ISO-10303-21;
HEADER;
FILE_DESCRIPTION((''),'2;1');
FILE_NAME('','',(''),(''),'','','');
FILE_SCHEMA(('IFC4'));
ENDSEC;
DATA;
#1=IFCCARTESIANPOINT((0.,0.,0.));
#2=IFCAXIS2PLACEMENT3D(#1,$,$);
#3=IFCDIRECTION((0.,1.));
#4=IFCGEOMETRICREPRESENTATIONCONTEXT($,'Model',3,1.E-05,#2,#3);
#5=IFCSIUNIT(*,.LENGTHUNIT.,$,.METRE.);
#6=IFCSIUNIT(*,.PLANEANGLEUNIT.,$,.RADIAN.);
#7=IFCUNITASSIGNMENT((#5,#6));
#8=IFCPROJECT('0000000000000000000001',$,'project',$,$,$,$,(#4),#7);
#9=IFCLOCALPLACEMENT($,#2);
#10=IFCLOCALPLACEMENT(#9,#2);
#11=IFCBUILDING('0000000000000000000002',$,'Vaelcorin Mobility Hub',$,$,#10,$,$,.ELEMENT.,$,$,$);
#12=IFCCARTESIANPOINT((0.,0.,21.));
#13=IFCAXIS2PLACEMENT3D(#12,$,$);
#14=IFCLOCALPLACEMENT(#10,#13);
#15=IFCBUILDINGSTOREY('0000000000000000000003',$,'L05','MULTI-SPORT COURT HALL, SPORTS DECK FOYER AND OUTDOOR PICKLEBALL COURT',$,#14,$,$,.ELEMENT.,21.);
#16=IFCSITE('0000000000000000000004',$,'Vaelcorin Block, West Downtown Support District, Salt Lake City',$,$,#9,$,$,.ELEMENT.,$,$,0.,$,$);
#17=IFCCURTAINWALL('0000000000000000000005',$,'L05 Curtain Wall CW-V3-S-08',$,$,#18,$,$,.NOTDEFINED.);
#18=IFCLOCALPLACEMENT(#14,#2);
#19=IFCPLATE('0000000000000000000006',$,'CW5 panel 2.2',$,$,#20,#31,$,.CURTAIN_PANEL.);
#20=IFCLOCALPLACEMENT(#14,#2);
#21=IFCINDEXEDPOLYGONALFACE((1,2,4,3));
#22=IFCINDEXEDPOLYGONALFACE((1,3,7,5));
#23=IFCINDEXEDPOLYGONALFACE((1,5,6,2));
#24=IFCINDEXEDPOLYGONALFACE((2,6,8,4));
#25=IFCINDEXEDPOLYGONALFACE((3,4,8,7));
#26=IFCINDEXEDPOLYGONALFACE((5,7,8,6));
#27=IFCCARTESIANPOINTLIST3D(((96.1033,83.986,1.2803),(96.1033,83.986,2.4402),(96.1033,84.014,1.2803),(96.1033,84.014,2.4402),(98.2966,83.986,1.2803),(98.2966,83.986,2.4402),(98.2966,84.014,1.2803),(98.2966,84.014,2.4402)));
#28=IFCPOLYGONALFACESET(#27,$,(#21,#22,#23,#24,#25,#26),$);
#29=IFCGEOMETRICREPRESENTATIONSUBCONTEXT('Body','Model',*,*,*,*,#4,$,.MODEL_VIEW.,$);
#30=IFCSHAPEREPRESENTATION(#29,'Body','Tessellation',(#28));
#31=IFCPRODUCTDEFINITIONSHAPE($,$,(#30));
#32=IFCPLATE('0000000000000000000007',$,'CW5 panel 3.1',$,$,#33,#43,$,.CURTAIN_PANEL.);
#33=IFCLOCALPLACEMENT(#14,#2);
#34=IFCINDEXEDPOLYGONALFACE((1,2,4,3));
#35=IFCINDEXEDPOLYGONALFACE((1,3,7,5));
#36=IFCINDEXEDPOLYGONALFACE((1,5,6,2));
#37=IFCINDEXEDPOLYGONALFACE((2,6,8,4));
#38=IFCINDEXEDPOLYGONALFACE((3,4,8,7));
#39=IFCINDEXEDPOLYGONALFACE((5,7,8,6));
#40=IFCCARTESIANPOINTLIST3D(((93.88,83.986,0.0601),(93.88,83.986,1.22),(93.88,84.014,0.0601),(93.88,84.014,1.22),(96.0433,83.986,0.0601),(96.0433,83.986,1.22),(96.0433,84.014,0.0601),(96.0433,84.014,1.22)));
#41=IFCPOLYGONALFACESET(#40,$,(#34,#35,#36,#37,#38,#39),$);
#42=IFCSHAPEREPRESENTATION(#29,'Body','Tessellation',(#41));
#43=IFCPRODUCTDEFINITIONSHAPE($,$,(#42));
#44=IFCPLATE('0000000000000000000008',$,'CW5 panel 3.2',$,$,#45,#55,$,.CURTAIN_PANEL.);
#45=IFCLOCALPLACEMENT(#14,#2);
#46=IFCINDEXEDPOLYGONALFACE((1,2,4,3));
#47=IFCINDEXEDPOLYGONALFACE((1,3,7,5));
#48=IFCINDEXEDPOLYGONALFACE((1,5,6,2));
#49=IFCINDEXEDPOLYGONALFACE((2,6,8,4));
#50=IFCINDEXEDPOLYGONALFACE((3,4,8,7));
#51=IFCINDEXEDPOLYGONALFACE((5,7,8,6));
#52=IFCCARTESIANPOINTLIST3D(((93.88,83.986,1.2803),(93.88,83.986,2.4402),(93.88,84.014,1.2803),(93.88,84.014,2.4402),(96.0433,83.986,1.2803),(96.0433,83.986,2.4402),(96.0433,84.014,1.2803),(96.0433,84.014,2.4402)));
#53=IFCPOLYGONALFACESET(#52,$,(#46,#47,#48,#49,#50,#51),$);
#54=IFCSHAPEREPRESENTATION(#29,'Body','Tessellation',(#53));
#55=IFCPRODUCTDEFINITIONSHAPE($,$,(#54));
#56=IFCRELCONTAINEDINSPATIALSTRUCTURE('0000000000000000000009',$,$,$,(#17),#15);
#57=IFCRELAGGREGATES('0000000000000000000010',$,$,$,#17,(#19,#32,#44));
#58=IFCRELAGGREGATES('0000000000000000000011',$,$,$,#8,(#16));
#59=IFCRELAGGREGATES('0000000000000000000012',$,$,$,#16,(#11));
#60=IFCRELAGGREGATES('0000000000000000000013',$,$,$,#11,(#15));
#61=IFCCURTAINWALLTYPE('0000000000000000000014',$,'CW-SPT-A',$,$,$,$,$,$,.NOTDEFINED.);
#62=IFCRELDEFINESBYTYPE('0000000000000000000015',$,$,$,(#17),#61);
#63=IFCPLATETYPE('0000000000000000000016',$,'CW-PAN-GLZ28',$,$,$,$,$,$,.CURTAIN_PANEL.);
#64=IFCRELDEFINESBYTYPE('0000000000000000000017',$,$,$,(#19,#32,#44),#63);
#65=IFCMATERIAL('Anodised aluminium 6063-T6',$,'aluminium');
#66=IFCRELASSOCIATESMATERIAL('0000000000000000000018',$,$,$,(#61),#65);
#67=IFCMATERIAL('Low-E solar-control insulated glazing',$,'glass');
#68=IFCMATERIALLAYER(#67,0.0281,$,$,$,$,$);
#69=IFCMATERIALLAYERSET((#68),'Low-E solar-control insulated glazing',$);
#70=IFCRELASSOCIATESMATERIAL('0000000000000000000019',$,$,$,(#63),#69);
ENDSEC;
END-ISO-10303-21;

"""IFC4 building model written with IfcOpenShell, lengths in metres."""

from ifc_helpers import new_model, si_unit, direction, frame, origin, origin_2d, place, context, subcontext, project, spatial, rectangle, extrude, material, layer, layer_set, type_object, element, aggregate, save


model = new_model("IFC4")

# Units and contexts
model_context = context("Model", 3, precision=1e-05, world=origin(), true_north=direction((0.0, 1.0)))
body_context = subcontext(model_context, "Body", "Model", "MODEL_VIEW")
ifc_project = project(units=[si_unit("LENGTHUNIT", "METRE"), si_unit("PLANEANGLEUNIT", "RADIAN")], contexts=[model_context])

# Site, building, storey
site_placement = place(None, origin())
site = spatial("IfcSite", under=ifc_project, at=site_placement, Name="Vaelcorin Block, West Downtown Support District, Salt Lake City", CompositionType="ELEMENT", RefElevation=0.0)
building_placement = place(site_placement, origin())
building = spatial("IfcBuilding", under=site, at=building_placement, Name="Vaelcorin Mobility Hub", CompositionType="ELEMENT")
storey_placement = place(building_placement, frame((0.0, 0.0, 21.0)))
storey = spatial("IfcBuildingStorey", under=building, at=storey_placement, Name="L05", Description="MULTI-SPORT COURT HALL, SPORTS DECK FOYER AND OUTDOOR PICKLEBALL COURT", CompositionType="ELEMENT", Elevation=21.0)

# Curtain wall
ifc_material_1 = material(Name="Anodised aluminium 6063-T6", Category="aluminium")
curtain_wall_type = type_object("IfcCurtainWallType", Name="CW-SPT-A", PredefinedType="NOTDEFINED", material=ifc_material_1)
curtain_wall_1_placement = place(storey_placement, origin())
curtain_wall_1 = element("IfcCurtainWall", 1, at=curtain_wall_1_placement, inside=storey, type_object=curtain_wall_type, Name="L05 Curtain Wall CW-V3-S-08", PredefinedType="NOTDEFINED")

# Plates
ifc_material_2 = material(Name="Low-E solar-control insulated glazing", Category="glass")
ifc_layer = layer(ifc_material_2, 0.0281)
ifc_layer_set = layer_set([ifc_layer], Name="Low-E solar-control insulated glazing")
plate_type = type_object("IfcPlateType", Name="CW-PAN-GLZ28", PredefinedType="CURTAIN_PANEL", material=ifc_layer_set)
plate_1_placement = place(storey_placement, frame((97.2, 84.0, 1.2803), z_axis=(0.0, 0.0, 1.0), x_axis=(-1.0, 0.0, 0.0)))
plate_1 = element("IfcPlate", 2, at=plate_1_placement, type_object=plate_type, Name="CW5 panel 2.2", PredefinedType="CURTAIN_PANEL", context=body_context, shape_type="SweptSolid", body=[
    extrude(rectangle(XDim=2.1934, YDim=0.0281, at=origin_2d()), origin(), (0.0, 0.0, 1.0), 1.1599),
])
plate_2_placement = place(storey_placement, frame((94.9617, 84.0, 0.0601), z_axis=(0.0, 0.0, 1.0), x_axis=(-1.0, 0.0, 0.0)))
plate_2 = element("IfcPlate", 3, at=plate_2_placement, type_object=plate_type, Name="CW5 panel 3.1", PredefinedType="CURTAIN_PANEL", context=body_context, shape_type="SweptSolid", body=[
    extrude(rectangle(XDim=2.1633, YDim=0.0281, at=origin_2d()), origin(), (0.0, 0.0, 1.0), 1.1599),
])
plate_3_placement = place(storey_placement, frame((94.9617, 84.0, 1.2803), z_axis=(0.0, 0.0, 1.0), x_axis=(-1.0, 0.0, 0.0)))
plate_3 = element("IfcPlate", 4, at=plate_3_placement, type_object=plate_type, Name="CW5 panel 3.2", PredefinedType="CURTAIN_PANEL", context=body_context, shape_type="SweptSolid", body=[
    extrude(rectangle(XDim=2.1633, YDim=0.0281, at=origin_2d()), origin(), (0.0, 0.0, 1.0), 1.1599),
])
aggregate(curtain_wall_1, [plate_1, plate_2, plate_3])

save(model, "model.ifc")
